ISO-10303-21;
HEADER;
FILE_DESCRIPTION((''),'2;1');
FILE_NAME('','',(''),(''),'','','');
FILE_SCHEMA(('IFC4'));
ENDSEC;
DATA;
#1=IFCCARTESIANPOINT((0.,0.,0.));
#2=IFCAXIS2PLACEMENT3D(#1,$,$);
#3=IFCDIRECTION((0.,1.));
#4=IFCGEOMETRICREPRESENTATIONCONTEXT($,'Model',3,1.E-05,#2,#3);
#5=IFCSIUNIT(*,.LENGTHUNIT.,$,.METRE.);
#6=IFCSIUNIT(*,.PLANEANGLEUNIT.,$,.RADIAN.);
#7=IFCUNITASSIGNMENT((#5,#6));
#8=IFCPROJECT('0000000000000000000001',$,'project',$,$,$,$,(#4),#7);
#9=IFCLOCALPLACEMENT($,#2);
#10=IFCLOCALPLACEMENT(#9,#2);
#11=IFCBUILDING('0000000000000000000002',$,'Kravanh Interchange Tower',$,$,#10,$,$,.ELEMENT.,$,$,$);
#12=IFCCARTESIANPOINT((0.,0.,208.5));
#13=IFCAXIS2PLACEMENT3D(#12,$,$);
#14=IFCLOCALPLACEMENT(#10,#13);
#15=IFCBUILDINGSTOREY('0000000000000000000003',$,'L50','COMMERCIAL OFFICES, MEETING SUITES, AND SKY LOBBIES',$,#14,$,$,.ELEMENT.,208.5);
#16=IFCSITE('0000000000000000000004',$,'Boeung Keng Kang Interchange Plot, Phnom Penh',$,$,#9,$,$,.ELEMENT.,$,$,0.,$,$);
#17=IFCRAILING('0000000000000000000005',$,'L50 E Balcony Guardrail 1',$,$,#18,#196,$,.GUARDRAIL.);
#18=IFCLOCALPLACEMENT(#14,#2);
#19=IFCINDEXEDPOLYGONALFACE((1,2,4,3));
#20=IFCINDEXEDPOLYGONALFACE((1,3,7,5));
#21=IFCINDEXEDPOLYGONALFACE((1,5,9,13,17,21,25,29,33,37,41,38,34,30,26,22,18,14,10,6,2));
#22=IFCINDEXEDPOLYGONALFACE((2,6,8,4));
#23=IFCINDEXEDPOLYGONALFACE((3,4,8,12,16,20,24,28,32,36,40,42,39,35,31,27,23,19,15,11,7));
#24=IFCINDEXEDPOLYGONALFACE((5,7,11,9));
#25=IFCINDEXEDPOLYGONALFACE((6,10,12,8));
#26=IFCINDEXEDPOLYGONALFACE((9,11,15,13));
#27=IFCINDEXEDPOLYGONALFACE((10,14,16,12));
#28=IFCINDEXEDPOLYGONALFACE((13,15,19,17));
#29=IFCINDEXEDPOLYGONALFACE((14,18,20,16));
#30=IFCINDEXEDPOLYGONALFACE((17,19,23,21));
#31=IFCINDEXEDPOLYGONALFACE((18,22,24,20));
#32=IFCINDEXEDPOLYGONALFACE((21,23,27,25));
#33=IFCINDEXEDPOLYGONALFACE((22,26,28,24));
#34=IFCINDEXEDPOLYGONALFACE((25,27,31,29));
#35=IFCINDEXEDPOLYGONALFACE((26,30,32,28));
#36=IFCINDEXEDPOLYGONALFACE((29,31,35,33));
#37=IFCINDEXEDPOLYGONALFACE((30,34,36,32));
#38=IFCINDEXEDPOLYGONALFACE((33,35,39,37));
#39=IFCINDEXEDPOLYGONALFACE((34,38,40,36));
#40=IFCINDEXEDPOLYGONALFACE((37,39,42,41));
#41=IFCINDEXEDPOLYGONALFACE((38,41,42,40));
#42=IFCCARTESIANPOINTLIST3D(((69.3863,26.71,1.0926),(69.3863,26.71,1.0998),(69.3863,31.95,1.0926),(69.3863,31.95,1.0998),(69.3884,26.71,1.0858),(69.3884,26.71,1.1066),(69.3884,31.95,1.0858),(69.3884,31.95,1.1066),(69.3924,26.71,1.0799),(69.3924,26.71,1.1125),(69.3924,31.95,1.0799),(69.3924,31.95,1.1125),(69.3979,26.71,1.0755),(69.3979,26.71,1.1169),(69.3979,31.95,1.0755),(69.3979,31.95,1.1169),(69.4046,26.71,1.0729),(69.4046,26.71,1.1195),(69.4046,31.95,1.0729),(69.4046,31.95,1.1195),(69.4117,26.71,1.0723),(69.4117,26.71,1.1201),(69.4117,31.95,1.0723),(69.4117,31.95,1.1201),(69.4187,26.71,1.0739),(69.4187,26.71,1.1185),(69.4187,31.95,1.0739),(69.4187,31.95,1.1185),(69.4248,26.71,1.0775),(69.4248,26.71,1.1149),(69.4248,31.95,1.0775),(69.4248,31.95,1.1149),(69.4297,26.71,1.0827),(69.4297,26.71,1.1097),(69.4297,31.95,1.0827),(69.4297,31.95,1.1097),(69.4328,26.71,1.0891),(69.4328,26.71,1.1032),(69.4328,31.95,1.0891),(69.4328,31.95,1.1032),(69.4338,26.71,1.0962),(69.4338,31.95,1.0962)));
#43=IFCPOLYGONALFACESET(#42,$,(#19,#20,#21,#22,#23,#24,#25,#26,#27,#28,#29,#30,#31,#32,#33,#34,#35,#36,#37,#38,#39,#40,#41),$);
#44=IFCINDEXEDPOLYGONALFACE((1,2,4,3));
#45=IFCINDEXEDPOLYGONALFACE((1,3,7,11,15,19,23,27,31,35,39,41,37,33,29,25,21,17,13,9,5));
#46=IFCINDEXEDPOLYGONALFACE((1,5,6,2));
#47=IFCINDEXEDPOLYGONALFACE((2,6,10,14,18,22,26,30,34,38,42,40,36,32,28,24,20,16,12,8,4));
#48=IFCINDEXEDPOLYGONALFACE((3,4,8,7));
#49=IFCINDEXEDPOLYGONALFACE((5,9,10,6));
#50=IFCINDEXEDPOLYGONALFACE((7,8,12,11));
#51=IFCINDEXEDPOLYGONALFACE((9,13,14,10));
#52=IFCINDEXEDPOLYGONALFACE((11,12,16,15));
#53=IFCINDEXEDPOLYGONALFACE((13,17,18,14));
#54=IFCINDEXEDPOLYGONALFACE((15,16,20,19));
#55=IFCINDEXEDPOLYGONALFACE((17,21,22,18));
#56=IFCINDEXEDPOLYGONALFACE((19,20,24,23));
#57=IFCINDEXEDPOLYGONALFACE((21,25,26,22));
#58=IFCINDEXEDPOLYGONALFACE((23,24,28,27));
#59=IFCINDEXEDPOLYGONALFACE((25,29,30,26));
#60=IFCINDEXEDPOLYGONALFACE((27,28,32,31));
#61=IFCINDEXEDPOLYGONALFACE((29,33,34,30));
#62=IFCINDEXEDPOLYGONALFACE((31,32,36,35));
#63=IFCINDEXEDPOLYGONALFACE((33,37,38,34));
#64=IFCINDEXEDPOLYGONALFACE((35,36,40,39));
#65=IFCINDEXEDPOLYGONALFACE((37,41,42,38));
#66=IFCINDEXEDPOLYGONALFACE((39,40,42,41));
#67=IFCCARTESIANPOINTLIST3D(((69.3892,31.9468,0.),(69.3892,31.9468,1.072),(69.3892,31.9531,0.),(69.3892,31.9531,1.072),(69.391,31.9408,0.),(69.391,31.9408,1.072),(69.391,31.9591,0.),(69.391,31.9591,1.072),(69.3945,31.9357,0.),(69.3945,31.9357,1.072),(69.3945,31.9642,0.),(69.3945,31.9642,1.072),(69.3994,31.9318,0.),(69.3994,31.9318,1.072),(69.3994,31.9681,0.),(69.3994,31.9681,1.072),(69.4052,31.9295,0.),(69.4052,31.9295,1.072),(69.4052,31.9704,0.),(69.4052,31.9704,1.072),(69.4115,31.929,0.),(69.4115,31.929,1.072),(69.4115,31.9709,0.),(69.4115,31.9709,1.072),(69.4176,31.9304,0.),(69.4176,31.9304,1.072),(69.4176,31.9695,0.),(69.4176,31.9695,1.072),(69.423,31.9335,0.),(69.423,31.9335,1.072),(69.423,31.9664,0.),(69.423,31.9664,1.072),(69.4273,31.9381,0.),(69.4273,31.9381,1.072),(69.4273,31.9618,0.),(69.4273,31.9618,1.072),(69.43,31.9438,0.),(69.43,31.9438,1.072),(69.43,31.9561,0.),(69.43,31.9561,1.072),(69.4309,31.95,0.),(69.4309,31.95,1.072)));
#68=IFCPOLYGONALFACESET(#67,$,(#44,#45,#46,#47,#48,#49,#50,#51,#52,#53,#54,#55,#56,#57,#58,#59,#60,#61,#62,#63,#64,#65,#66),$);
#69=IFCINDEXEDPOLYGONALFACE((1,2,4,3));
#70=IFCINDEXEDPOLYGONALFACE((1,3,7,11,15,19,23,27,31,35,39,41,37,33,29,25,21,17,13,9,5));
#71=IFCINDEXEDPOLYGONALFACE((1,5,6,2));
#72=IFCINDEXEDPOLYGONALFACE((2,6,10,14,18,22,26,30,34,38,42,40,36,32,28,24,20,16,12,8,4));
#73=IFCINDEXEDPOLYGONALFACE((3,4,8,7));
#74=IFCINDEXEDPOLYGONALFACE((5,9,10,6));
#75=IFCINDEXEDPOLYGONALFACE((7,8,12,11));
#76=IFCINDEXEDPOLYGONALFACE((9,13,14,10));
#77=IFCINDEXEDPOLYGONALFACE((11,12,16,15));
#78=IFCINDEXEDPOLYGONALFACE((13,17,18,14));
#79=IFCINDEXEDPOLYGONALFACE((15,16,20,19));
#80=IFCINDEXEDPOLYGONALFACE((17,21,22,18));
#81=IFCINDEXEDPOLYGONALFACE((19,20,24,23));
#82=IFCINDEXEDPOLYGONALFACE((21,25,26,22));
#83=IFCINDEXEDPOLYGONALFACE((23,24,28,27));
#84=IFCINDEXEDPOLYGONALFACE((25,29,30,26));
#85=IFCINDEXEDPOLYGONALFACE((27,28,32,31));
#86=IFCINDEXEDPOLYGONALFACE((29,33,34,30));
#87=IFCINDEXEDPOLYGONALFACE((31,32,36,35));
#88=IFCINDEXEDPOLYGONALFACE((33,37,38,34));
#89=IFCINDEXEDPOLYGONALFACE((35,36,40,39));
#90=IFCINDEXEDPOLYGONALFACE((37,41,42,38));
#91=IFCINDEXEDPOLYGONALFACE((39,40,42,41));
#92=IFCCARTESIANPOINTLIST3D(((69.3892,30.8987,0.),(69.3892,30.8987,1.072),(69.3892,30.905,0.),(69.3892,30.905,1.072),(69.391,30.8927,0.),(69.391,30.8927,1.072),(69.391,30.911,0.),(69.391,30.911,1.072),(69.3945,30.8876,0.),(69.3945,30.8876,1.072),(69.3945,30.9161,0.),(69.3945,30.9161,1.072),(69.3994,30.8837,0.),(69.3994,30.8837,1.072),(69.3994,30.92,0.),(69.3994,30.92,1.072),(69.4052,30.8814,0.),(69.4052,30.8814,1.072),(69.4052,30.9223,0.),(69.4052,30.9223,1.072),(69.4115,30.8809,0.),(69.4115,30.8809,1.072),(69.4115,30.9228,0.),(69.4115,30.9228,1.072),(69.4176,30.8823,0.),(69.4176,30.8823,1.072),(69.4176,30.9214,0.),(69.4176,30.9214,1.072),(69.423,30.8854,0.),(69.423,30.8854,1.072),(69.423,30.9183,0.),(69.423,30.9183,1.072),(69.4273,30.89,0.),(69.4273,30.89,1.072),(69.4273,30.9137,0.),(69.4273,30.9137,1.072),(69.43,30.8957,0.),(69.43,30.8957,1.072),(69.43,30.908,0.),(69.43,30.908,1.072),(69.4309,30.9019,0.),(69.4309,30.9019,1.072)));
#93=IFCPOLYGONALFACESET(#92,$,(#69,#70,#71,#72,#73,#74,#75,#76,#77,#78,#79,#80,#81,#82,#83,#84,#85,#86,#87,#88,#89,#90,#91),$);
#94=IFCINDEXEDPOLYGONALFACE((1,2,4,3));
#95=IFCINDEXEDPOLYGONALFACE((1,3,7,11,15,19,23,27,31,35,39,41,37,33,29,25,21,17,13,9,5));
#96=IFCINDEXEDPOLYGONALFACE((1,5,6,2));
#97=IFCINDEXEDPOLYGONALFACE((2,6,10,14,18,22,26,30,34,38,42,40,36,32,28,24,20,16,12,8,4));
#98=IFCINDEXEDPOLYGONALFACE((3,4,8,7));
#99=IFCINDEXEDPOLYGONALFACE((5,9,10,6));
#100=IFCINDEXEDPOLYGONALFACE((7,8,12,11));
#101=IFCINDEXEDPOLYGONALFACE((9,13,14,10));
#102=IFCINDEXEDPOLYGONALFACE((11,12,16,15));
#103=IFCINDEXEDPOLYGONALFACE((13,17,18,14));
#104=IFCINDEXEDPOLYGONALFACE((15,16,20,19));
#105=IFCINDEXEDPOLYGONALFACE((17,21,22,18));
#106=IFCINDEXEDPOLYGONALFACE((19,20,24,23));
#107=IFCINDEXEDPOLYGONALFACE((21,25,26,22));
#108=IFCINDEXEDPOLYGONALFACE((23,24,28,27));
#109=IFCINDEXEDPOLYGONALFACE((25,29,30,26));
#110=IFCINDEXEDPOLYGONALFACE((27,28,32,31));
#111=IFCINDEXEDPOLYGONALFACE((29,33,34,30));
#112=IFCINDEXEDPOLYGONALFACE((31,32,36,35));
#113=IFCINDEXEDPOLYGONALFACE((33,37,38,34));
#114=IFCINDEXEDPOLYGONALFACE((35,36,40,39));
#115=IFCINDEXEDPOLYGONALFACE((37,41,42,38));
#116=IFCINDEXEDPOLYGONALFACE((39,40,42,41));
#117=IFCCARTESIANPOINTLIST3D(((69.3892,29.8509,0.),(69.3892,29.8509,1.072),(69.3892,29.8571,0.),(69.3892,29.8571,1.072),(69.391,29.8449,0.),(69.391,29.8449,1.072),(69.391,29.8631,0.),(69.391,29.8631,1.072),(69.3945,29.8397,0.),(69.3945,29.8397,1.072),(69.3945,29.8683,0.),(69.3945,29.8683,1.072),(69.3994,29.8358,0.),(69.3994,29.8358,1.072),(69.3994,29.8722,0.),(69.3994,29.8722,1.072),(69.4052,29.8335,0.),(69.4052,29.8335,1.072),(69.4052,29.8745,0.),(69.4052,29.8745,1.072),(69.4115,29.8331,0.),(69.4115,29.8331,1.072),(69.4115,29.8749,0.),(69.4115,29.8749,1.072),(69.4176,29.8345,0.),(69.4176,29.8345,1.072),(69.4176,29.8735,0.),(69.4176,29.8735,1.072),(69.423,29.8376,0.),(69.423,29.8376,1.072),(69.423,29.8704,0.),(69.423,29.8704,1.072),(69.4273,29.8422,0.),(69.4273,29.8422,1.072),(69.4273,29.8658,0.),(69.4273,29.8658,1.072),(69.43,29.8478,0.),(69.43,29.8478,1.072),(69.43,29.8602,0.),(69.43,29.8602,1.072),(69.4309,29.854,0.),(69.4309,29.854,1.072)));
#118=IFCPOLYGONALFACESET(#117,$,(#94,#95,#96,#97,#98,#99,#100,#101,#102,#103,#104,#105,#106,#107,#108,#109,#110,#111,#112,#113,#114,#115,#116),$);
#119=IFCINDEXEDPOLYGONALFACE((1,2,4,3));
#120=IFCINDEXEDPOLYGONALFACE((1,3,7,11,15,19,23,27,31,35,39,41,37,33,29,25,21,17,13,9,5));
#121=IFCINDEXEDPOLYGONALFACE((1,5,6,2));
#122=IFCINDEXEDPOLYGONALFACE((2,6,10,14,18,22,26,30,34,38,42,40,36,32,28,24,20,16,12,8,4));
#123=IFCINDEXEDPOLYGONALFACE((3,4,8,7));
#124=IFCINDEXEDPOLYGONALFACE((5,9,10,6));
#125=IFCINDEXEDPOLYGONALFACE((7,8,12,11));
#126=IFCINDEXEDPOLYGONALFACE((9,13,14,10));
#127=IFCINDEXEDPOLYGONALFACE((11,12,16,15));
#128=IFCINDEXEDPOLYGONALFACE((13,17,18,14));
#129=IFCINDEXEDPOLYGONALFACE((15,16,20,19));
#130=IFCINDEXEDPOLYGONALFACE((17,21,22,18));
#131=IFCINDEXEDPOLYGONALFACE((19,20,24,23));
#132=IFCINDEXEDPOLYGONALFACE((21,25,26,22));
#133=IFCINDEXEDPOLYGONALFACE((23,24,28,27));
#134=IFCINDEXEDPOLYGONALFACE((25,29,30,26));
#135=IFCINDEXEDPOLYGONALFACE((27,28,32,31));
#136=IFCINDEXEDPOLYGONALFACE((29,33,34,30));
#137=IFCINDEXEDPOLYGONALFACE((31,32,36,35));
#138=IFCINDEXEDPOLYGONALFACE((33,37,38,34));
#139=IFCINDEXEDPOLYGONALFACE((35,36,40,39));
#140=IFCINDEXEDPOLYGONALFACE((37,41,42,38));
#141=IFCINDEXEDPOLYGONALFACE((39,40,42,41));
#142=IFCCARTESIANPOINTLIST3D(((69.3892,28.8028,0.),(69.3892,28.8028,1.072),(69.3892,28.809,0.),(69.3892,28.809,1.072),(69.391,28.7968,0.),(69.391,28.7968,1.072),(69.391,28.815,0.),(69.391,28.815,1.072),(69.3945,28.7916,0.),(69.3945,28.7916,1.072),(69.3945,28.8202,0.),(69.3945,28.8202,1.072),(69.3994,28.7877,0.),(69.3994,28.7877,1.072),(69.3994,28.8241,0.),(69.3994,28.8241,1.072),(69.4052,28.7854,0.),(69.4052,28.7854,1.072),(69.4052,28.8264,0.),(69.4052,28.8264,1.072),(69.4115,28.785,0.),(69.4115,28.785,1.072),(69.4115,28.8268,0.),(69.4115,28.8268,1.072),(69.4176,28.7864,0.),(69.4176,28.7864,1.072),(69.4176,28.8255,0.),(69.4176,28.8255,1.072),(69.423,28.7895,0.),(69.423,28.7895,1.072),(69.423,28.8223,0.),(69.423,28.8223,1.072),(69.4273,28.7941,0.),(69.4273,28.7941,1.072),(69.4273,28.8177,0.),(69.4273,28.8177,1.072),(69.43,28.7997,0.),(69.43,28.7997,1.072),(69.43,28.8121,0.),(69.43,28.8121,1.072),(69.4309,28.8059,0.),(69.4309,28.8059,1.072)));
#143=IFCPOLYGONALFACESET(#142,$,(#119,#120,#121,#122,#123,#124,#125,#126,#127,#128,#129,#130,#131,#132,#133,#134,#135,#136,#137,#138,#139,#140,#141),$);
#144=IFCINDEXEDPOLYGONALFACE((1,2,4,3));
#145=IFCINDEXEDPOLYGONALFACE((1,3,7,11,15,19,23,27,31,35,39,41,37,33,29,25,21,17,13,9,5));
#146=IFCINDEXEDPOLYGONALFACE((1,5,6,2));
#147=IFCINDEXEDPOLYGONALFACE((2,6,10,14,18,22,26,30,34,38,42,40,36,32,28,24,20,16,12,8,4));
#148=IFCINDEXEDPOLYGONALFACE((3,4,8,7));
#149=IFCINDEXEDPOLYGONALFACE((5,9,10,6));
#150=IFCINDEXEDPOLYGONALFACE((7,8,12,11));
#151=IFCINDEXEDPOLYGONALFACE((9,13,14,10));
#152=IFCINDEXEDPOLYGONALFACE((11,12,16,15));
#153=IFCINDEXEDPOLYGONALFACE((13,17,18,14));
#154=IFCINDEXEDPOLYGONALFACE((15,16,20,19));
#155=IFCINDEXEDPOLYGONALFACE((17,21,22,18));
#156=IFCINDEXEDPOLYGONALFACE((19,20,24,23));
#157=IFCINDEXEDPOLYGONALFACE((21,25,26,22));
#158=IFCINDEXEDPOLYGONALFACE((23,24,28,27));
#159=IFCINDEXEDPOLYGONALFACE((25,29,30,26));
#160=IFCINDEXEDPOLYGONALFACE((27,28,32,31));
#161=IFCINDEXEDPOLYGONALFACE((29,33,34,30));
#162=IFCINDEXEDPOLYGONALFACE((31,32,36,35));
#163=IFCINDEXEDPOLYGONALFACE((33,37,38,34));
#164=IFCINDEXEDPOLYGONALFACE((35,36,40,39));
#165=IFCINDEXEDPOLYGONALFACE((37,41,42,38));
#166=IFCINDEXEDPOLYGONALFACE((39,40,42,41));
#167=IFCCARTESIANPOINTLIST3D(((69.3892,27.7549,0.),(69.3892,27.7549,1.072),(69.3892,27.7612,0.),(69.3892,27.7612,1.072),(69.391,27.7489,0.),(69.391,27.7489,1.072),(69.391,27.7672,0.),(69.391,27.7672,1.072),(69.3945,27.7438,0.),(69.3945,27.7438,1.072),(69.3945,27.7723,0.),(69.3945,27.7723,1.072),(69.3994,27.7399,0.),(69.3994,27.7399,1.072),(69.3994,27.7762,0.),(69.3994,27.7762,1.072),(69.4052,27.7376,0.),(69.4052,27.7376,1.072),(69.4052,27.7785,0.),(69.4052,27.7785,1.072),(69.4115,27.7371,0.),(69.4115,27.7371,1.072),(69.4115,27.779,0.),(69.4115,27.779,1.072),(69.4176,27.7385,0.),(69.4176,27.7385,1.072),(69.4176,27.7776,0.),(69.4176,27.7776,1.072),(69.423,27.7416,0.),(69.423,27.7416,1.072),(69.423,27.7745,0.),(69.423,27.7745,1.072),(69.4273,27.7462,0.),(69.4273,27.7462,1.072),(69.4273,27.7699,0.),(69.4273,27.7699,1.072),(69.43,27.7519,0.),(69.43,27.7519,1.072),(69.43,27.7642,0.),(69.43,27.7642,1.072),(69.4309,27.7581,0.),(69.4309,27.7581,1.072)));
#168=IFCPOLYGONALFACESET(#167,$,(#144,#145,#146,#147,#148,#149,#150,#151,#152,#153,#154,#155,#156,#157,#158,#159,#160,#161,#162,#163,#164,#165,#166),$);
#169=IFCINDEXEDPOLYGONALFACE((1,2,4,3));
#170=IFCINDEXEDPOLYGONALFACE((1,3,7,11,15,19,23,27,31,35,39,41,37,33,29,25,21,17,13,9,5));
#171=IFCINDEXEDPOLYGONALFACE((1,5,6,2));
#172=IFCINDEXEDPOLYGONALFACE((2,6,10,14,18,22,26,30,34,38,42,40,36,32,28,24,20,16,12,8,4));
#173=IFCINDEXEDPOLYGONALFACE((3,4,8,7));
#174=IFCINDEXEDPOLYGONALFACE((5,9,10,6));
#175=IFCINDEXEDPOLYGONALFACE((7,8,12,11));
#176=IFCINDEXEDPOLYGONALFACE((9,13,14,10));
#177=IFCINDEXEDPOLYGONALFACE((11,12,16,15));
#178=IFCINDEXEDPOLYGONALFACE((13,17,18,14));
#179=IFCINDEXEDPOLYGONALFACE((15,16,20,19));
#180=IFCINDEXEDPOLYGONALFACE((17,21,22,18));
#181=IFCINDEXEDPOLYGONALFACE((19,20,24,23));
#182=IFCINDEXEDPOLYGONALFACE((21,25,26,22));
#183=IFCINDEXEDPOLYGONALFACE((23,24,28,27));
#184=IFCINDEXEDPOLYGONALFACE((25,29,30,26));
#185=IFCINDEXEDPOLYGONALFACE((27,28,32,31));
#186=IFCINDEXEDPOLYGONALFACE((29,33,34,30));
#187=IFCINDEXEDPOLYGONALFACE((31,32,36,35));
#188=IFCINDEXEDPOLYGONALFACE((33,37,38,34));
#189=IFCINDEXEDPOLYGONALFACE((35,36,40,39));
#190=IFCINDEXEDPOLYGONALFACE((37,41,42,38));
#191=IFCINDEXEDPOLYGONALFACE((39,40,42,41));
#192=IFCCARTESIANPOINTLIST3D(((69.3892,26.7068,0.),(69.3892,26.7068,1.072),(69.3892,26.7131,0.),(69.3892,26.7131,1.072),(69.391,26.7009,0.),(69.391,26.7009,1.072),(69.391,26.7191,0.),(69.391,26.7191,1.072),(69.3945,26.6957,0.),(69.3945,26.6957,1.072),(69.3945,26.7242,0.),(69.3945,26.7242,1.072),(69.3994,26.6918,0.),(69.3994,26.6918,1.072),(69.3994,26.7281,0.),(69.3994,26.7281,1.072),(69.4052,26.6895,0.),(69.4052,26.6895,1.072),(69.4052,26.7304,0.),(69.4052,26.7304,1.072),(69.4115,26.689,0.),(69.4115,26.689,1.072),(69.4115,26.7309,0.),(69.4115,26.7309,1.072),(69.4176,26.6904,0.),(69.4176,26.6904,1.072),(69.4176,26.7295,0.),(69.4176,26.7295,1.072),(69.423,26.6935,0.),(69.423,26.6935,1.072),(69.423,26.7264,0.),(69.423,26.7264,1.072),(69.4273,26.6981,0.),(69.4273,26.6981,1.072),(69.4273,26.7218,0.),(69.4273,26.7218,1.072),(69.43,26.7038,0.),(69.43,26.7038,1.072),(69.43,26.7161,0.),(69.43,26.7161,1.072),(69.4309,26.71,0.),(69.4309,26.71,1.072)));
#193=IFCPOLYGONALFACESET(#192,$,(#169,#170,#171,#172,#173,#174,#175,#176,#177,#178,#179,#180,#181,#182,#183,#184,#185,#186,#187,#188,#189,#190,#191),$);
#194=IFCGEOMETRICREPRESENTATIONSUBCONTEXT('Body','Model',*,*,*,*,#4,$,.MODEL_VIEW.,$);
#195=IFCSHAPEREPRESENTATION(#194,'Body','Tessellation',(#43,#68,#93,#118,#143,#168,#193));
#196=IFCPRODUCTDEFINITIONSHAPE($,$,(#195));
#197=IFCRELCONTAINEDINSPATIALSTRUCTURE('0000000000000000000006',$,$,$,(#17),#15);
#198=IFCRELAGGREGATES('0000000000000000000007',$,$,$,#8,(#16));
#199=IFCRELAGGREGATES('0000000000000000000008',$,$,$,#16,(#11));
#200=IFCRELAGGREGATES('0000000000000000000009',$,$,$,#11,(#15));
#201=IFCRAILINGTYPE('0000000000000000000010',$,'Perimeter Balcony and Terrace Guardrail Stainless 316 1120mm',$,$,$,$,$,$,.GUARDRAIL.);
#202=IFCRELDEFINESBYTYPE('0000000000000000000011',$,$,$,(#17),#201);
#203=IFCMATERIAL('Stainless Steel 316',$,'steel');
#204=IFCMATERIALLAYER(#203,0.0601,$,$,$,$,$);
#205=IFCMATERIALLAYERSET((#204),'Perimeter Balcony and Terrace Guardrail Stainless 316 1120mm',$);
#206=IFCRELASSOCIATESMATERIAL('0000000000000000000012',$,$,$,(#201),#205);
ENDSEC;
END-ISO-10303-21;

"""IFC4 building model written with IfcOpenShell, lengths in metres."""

from ifc_helpers import new_model, si_unit, direction, frame, origin, origin_2d, place, context, subcontext, project, spatial, circle, extrude, material, layer, layer_set, type_object, element, save


model = new_model("IFC4")

# Units and contexts
model_context = context("Model", 3, precision=1e-05, world=origin(), true_north=direction((0.0, 1.0)))
body_context = subcontext(model_context, "Body", "Model", "MODEL_VIEW")
ifc_project = project(units=[si_unit("LENGTHUNIT", "METRE"), si_unit("PLANEANGLEUNIT", "RADIAN")], contexts=[model_context])

# Site, building, storey
site_placement = place(None, origin())
site = spatial("IfcSite", under=ifc_project, at=site_placement, Name="Boeung Keng Kang Interchange Plot, Phnom Penh", CompositionType="ELEMENT", RefElevation=0.0)
building_placement = place(site_placement, origin())
building = spatial("IfcBuilding", under=site, at=building_placement, Name="Kravanh Interchange Tower", CompositionType="ELEMENT")
storey_placement = place(building_placement, frame((0.0, 0.0, 208.5)))
storey = spatial("IfcBuildingStorey", under=building, at=storey_placement, Name="L50", Description="COMMERCIAL OFFICES, MEETING SUITES, AND SKY LOBBIES", CompositionType="ELEMENT", Elevation=208.5)

# Railing
ifc_material_1 = material(Name="Stainless Steel 316", Category="steel")
ifc_layer_1 = layer(ifc_material_1, 0.0601)
ifc_layer_set_1 = layer_set([ifc_layer_1], Name="Perimeter Balcony and Terrace Guardrail Stainless 316 1120mm")
railing_type_1 = type_object("IfcRailingType", Name="Perimeter Balcony and Terrace Guardrail Stainless 316 1120mm", PredefinedType="GUARDRAIL", material=ifc_layer_set_1)
railing_1_placement = place(storey_placement, frame((69.4099, 31.95, 0.0)))
element("IfcRailing", 1, at=railing_1_placement, inside=storey, type_object=railing_type_1, Name="L50 E Balcony Guardrail 1", PredefinedType="GUARDRAIL", context=body_context, shape_type="SweptSolid", body=[
    extrude(circle(Radius=0.0239, at=origin_2d()), frame((0.0, 0.0, 1.0962), z_axis=(0.0, -1.0, 0.0), x_axis=(1.0, 0.0, 0.0)), (0.0, 0.0, 1.0), 5.24),
    extrude(circle(Radius=0.021, at=origin_2d()), origin(), (0.0, 0.0, 1.0), 1.072),
    extrude(circle(Radius=0.021, at=origin_2d()), frame((0.0, -1.0481, 0.0)), (0.0, 0.0, 1.0), 1.072),
    extrude(circle(Radius=0.021, at=origin_2d()), frame((0.0, -2.0959, 0.0)), (0.0, 0.0, 1.0), 1.072),
    extrude(circle(Radius=0.021, at=origin_2d()), frame((0.0, -3.144, 0.0)), (0.0, 0.0, 1.0), 1.072),
    extrude(circle(Radius=0.021, at=origin_2d()), frame((0.0, -4.1919, 0.0)), (0.0, 0.0, 1.0), 1.072),
    extrude(circle(Radius=0.021, at=origin_2d()), frame((0.0, -5.24, 0.0)), (0.0, 0.0, 1.0), 1.072),
])

save(model, "model.ifc")
